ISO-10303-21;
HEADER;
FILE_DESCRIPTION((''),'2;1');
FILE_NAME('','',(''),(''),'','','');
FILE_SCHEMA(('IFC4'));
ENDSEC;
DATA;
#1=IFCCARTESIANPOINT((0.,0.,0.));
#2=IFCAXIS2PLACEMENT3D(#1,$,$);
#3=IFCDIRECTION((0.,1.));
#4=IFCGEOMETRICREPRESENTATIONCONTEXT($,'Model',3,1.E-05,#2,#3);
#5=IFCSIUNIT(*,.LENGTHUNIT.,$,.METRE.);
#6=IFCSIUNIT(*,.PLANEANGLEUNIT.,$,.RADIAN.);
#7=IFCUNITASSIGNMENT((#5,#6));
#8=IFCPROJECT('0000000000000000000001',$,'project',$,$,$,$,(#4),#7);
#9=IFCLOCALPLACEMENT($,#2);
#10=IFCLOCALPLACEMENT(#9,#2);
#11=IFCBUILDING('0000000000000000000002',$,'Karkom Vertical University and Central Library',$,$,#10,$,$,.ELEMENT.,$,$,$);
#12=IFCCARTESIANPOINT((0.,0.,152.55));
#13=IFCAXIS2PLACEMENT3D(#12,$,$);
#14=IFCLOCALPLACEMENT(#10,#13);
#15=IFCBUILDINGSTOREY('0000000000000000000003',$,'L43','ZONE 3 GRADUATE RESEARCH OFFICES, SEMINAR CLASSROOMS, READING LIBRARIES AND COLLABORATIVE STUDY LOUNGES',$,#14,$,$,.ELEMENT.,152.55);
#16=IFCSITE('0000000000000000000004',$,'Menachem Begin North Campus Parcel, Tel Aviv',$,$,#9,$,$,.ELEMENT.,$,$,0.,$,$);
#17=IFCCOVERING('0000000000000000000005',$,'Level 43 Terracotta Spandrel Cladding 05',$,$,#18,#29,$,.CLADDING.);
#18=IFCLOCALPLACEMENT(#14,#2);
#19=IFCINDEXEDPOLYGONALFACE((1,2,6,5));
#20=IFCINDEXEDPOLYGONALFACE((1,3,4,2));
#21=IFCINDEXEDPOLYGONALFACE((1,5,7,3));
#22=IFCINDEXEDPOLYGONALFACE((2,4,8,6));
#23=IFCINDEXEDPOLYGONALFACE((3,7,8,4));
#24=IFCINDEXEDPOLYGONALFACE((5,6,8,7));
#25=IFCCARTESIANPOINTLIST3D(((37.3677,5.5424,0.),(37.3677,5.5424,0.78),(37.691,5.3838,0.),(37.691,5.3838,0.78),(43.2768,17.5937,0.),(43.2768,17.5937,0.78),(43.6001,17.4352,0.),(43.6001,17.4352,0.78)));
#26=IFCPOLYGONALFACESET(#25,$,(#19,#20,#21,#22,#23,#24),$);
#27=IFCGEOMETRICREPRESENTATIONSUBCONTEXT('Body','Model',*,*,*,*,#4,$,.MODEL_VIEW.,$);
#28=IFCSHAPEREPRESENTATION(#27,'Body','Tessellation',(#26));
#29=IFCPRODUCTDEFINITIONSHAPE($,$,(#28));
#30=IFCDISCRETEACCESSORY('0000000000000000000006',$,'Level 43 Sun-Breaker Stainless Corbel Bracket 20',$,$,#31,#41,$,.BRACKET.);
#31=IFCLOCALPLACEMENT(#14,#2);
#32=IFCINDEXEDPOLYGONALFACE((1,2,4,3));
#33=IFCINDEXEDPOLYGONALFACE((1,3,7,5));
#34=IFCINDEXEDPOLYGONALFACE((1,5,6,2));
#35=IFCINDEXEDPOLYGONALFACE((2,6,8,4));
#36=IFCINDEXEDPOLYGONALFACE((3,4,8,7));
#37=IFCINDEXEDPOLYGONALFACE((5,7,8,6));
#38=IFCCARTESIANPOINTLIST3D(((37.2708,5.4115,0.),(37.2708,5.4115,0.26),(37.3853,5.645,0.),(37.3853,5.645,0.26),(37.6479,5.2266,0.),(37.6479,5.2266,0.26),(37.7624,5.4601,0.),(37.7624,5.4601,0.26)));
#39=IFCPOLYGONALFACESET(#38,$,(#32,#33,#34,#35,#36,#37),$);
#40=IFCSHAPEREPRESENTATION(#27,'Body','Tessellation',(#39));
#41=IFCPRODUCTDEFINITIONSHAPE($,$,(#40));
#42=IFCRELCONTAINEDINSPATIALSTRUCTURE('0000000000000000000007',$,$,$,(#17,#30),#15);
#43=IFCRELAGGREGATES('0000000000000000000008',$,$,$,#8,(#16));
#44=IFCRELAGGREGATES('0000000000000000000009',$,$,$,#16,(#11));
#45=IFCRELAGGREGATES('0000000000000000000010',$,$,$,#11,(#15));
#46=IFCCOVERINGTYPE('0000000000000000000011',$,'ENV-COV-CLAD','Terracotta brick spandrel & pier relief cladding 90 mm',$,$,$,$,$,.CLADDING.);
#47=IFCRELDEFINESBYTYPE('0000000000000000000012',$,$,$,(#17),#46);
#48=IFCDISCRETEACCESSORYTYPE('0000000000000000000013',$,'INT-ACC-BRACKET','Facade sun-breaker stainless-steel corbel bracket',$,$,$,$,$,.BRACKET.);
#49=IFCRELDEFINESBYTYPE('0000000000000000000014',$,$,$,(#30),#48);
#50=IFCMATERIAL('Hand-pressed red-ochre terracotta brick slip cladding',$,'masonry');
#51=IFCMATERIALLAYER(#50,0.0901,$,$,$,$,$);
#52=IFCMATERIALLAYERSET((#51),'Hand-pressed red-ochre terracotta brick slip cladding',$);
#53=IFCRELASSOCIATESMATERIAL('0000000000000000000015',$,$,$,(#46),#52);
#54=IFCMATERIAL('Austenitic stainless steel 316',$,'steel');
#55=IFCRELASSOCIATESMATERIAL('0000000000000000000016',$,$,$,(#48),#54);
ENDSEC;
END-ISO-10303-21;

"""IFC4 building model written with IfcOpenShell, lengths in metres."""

from ifc_helpers import new_model, si_unit, direction, frame, origin, origin_with_axes, origin_2d, place, context, subcontext, project, spatial, rectangle, extrude, source, transform, mapped, material, layer, layer_set, type_object, element, save


model = new_model("IFC4")

# Units and contexts
model_context = context("Model", 3, precision=1e-05, world=origin(), true_north=direction((0.0, 1.0)))
body_context = subcontext(model_context, "Body", "Model", "MODEL_VIEW")
ifc_project = project(units=[si_unit("LENGTHUNIT", "METRE"), si_unit("PLANEANGLEUNIT", "RADIAN")], contexts=[model_context])

# Site, building, storey
site_placement = place(None, origin())
site = spatial("IfcSite", under=ifc_project, at=site_placement, Name="Menachem Begin North Campus Parcel, Tel Aviv", CompositionType="ELEMENT", RefElevation=0.0)
building_placement = place(site_placement, origin())
building = spatial("IfcBuilding", under=site, at=building_placement, Name="Karkom Vertical University and Central Library", CompositionType="ELEMENT")
storey_placement = place(building_placement, frame((0.0, 0.0, 152.55)))
storey = spatial("IfcBuildingStorey", under=building, at=storey_placement, Name="L43", Description="ZONE 3 GRADUATE RESEARCH OFFICES, SEMINAR CLASSROOMS, READING LIBRARIES AND COLLABORATIVE STUDY LOUNGES", CompositionType="ELEMENT", Elevation=152.55)

# Covering
ifc_material_1 = material(Name="Hand-pressed red-ochre terracotta brick slip cladding", Category="masonry")
ifc_layer_1 = layer(ifc_material_1, 0.0901)
ifc_layer_set_1 = layer_set([ifc_layer_1], Name="Hand-pressed red-ochre terracotta brick slip cladding")
covering_type = type_object("IfcCoveringType", Name="ENV-COV-CLAD", Description="Terracotta brick spandrel & pier relief cladding 90 mm", PredefinedType="CLADDING", material=ifc_layer_set_1)
shared_shape_1 = source(origin_with_axes(), body_context, "Body", "SweptSolid", [
    extrude(rectangle(XDim=13.4221, YDim=0.3601, at=origin_2d()), origin(), (0.0, 0.0, 1.0), 0.78),
])
covering_placement = place(storey_placement, frame((40.4839, 11.4888, 0.0), z_axis=(0.0, 0.0, 1.0), x_axis=(0.440253, 0.897874, 0.0)))
element("IfcCovering", 1, at=covering_placement, inside=storey, type_object=covering_type, Name="Level 43 Terracotta Spandrel Cladding 05", PredefinedType="CLADDING", context=body_context, shape_type="MappedRepresentation", body=[
    mapped(shared_shape_1, transform((0.0, 0.0, 0.0), scale=1.0)),
])

# Discrete accessory
ifc_material_2 = material(Name="Austenitic stainless steel 316", Category="steel")
discrete_accessory_type = type_object("IfcDiscreteAccessoryType", Name="INT-ACC-BRACKET", Description="Facade sun-breaker stainless-steel corbel bracket", PredefinedType="BRACKET", material=ifc_material_2)
shared_shape_2 = source(origin_with_axes(), body_context, "Body", "SweptSolid", [
    extrude(rectangle(XDim=0.26, YDim=0.4199, at=origin_2d()), origin(), (0.0, 0.0, 1.0), 0.26),
])
discrete_accessory_placement = place(storey_placement, frame((37.5166, 5.4358, 0.0), z_axis=(0.0, 0.0, 1.0), x_axis=(0.440253, 0.897874, 0.0)))
element("IfcDiscreteAccessory", 2, at=discrete_accessory_placement, inside=storey, type_object=discrete_accessory_type, Name="Level 43 Sun-Breaker Stainless Corbel Bracket 20", PredefinedType="BRACKET", context=body_context, shape_type="MappedRepresentation", body=[
    mapped(shared_shape_2, transform((0.0, 0.0, 0.0), scale=1.0)),
])

save(model, "model.ifc")
